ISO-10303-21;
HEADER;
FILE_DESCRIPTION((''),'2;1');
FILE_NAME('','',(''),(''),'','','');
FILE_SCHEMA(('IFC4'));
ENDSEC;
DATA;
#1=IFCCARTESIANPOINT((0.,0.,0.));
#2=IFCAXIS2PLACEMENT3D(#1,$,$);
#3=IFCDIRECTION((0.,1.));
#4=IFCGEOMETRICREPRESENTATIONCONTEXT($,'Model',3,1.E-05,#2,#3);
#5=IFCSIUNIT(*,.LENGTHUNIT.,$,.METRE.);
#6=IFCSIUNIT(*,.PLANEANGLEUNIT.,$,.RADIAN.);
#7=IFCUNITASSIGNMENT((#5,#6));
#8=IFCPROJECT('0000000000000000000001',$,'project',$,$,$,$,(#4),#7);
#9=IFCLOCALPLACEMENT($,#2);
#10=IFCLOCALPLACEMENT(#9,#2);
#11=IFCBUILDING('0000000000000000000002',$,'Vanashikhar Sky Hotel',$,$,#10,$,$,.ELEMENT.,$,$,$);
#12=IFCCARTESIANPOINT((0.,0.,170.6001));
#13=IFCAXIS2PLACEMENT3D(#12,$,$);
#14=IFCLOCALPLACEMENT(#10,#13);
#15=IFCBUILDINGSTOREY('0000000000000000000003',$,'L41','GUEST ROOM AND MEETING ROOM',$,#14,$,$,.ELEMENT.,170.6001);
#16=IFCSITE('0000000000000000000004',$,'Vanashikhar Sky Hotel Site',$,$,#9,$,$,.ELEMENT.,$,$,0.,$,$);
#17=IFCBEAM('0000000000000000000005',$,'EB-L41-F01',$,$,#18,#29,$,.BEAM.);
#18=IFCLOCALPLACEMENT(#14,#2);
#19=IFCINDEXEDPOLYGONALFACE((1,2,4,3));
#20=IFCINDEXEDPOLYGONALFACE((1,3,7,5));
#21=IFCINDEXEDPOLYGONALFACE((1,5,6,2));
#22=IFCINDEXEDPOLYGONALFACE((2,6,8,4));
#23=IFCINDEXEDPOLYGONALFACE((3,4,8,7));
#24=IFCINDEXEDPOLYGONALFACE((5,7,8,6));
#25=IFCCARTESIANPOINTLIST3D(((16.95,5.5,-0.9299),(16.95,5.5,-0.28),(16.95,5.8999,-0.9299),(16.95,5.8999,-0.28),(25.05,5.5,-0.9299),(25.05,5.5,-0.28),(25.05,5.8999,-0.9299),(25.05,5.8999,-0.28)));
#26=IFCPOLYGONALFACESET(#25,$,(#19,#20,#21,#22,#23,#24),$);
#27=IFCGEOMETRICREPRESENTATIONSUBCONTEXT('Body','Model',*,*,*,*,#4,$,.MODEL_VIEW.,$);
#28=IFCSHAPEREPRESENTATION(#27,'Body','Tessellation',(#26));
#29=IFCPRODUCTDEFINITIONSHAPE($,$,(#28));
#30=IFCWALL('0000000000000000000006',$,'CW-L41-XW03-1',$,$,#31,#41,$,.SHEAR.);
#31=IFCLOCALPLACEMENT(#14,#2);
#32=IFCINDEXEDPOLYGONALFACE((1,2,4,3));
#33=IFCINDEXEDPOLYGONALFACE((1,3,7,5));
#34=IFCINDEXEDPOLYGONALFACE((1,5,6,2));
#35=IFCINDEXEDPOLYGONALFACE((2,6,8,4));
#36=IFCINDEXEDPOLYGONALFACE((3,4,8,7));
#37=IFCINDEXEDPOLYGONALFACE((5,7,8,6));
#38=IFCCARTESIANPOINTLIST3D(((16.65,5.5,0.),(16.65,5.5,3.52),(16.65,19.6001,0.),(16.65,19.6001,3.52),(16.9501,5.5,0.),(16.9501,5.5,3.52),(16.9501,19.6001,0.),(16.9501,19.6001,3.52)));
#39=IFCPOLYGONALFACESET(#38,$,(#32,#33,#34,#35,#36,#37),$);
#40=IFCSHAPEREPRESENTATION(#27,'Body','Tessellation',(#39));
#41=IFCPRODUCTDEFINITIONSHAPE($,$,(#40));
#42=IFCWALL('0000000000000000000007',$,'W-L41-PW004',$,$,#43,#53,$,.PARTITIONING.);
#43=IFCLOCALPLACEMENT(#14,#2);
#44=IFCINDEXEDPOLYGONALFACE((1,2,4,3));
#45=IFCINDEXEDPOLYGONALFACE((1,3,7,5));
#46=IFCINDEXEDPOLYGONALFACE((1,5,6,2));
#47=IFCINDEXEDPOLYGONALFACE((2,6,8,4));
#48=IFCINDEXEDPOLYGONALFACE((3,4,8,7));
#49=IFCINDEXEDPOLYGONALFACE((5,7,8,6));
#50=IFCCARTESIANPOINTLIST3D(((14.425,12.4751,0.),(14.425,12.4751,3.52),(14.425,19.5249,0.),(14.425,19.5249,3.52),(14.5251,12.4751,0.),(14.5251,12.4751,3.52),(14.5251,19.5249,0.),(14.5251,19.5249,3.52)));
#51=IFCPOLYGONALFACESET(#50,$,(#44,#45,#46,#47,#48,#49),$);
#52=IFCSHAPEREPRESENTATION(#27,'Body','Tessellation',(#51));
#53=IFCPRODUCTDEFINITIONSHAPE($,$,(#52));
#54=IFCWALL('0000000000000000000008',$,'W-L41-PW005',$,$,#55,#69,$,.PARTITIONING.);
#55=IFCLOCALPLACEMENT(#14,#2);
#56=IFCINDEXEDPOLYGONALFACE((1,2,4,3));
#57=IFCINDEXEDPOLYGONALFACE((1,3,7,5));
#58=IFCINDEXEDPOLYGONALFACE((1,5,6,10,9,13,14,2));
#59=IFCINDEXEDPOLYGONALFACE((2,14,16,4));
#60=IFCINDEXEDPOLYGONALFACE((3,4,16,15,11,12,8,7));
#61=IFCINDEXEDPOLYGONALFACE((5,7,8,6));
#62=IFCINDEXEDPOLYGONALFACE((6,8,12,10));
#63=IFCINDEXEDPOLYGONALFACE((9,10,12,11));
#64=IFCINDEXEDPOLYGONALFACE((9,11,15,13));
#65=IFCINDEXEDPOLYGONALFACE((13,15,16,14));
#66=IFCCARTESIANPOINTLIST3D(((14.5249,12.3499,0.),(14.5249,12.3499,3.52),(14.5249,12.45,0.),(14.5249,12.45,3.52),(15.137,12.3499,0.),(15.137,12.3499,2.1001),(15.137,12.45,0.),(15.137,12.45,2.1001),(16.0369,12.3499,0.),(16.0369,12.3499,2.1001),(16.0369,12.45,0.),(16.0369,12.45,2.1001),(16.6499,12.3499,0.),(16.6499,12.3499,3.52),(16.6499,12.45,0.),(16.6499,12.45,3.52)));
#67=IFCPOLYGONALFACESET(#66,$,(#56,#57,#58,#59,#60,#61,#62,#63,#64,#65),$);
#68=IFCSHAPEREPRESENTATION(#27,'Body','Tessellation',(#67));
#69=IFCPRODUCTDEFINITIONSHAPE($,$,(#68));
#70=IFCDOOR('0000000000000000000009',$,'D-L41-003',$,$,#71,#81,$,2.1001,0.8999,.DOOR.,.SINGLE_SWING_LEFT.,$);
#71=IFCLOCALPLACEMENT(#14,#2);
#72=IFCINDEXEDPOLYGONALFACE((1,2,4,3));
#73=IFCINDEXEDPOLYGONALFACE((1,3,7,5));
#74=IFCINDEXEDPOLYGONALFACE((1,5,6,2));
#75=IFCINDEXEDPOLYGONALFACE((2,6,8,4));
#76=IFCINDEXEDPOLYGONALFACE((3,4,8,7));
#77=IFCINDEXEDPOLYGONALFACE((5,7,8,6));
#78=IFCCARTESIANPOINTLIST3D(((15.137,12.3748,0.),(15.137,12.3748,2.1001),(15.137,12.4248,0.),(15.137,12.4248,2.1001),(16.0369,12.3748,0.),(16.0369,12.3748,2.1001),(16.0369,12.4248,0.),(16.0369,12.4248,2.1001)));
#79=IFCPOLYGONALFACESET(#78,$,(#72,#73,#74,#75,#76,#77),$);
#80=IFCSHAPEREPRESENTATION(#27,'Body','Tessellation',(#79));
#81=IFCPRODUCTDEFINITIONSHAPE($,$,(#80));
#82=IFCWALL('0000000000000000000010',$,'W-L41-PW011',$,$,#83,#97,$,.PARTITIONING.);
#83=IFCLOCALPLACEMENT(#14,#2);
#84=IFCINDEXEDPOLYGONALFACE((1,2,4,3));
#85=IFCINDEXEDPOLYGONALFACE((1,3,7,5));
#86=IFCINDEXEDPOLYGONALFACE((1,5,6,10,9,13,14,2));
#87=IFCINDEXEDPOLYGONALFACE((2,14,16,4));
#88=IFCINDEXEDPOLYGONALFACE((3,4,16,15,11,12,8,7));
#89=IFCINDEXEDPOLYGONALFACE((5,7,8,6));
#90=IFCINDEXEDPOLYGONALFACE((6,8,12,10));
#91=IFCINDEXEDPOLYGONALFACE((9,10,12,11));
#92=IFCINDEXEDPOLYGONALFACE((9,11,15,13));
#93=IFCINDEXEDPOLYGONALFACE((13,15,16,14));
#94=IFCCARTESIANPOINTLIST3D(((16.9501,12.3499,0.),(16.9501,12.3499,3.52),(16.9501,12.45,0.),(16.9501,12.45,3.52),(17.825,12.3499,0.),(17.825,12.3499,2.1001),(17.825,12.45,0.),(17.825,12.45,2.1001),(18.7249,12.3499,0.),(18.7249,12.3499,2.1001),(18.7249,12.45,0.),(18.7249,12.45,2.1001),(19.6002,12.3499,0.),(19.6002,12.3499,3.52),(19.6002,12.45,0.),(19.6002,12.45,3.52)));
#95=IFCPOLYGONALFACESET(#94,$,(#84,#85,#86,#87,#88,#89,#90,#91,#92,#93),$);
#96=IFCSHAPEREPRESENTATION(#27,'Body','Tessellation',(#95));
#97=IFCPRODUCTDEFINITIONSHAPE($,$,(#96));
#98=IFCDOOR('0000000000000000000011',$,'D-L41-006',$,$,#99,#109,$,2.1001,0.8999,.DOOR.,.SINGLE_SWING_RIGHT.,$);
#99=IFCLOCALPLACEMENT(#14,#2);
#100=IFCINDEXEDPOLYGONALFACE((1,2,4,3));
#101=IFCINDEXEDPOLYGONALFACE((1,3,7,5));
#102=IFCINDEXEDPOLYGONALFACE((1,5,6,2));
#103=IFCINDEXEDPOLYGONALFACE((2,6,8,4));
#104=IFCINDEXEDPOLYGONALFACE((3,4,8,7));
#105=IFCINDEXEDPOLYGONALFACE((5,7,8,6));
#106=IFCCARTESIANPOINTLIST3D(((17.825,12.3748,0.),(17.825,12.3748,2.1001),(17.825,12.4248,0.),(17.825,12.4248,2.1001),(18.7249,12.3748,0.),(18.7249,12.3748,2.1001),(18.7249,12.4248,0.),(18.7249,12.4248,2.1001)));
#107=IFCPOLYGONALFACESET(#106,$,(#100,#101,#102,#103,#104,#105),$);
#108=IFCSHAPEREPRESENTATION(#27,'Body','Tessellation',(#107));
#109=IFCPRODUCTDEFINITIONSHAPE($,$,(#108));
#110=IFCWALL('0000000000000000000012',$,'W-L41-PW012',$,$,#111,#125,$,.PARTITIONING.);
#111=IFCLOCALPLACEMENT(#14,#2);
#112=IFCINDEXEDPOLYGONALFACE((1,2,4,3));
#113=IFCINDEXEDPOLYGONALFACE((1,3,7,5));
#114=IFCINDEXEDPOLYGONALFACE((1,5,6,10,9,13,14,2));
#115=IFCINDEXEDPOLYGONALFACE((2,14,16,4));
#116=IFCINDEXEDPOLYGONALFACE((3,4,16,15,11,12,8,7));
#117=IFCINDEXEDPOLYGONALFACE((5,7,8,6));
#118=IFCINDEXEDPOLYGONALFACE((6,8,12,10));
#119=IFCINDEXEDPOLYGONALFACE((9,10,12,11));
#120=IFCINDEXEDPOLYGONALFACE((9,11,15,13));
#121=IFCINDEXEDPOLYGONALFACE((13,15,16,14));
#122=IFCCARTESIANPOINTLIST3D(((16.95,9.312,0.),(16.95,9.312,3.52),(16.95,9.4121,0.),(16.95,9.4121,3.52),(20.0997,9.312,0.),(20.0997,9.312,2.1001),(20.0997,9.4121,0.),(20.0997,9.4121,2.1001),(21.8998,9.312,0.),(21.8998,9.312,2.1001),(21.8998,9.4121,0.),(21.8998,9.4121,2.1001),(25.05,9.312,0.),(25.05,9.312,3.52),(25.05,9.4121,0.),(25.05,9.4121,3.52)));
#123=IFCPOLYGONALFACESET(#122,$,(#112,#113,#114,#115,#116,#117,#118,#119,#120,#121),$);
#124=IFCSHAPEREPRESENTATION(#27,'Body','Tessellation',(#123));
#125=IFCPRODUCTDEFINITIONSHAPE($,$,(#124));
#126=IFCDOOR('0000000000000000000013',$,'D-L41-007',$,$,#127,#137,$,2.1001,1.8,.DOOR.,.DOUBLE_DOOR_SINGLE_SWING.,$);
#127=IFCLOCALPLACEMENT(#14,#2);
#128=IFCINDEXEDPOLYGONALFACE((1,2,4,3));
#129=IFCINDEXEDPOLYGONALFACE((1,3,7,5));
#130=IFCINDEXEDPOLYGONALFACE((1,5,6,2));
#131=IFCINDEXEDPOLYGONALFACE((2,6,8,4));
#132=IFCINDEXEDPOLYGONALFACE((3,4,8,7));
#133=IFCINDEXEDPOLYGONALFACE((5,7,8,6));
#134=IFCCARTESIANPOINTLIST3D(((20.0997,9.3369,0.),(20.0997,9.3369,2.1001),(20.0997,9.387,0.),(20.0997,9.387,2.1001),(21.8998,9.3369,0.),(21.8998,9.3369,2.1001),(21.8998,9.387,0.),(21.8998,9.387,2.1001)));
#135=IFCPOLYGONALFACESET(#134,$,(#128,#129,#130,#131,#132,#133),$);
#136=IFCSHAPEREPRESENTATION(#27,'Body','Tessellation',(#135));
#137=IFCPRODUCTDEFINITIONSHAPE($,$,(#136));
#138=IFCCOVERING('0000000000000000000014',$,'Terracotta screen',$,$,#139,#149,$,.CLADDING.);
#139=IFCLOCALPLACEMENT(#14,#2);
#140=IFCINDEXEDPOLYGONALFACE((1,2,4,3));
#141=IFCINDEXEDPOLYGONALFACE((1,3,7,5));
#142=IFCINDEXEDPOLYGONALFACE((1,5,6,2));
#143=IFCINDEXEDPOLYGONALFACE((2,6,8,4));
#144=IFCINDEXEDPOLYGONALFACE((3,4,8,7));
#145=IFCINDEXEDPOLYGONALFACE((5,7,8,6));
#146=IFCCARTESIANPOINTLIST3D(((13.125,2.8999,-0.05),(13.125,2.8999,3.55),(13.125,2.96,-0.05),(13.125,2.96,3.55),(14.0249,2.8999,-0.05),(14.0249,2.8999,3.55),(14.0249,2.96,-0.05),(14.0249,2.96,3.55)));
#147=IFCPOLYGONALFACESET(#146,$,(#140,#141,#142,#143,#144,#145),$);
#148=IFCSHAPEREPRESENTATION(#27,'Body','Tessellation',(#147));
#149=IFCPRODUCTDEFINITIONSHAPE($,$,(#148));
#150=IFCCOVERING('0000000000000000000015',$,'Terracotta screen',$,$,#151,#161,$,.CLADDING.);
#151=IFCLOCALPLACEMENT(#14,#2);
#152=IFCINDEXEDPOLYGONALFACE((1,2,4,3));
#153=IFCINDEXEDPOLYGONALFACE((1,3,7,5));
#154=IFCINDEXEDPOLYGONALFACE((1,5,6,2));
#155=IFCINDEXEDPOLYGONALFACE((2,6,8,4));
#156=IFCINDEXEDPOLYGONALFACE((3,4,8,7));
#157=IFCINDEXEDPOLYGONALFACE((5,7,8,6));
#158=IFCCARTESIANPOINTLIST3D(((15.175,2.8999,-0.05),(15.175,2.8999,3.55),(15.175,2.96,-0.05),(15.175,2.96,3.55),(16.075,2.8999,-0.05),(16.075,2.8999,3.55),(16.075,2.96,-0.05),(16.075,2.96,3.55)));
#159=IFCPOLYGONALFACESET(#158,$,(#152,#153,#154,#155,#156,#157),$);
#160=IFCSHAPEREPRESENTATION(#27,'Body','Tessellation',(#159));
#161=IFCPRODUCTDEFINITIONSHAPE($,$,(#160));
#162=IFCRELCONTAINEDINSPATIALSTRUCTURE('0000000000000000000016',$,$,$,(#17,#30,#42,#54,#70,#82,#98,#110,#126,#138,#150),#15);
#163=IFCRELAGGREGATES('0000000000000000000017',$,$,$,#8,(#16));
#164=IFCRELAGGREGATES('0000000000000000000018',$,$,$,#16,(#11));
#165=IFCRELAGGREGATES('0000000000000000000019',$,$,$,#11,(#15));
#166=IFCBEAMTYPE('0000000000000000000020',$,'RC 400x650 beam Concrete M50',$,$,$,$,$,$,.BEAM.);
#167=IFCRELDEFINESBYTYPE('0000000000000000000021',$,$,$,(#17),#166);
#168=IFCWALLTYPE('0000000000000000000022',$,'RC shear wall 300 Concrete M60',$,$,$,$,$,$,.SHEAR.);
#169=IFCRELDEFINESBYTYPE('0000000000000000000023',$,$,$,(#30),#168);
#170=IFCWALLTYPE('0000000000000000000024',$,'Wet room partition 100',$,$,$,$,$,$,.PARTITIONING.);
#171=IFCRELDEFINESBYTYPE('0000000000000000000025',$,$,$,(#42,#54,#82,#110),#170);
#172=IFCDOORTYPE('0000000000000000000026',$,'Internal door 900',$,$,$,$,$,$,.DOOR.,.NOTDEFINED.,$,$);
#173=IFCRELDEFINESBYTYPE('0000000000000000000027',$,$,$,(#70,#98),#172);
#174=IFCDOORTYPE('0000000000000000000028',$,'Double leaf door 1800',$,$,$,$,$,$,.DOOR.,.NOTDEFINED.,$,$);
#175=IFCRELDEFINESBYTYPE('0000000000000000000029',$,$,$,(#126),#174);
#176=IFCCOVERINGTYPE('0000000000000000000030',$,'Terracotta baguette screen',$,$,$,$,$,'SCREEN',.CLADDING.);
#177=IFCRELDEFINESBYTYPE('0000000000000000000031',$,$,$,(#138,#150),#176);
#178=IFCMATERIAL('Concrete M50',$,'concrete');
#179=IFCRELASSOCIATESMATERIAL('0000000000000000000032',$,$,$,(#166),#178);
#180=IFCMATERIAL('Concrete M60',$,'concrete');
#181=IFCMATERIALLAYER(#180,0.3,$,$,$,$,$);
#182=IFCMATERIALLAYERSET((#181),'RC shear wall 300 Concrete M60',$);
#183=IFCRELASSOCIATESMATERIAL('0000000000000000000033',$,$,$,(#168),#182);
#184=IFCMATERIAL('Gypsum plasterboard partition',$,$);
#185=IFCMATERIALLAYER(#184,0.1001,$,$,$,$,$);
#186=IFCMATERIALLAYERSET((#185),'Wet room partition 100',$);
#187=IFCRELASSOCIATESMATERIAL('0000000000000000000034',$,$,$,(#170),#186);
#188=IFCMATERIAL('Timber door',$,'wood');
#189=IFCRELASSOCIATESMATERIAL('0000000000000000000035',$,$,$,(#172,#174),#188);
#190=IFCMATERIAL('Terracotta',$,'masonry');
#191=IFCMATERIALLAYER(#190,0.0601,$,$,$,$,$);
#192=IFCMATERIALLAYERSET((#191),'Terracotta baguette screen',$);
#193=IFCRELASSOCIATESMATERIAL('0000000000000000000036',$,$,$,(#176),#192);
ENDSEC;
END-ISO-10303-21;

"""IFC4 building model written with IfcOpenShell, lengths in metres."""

from ifc_helpers import new_model, si_unit, direction, frame, frame_2d, origin, origin_2d, place, context, subcontext, project, spatial, rectangle, extrude, source, transform, mapped, material, layer, layer_set, material_profile, profile_set, type_object, element, fill, save


model = new_model("IFC4")

# Units and contexts
model_context = context("Model", 3, precision=1e-05, world=origin(), true_north=direction((0.0, 1.0)))
body_context = subcontext(model_context, "Body", "Model", "MODEL_VIEW")
ifc_project = project(units=[si_unit("LENGTHUNIT", "METRE"), si_unit("PLANEANGLEUNIT", "RADIAN")], contexts=[model_context])

# Site, building, storey
site_placement = place(None, origin())
site = spatial("IfcSite", under=ifc_project, at=site_placement, Name="Vanashikhar Sky Hotel Site", CompositionType="ELEMENT", RefElevation=0.0)
building_placement = place(site_placement, origin())
building = spatial("IfcBuilding", under=site, at=building_placement, Name="Vanashikhar Sky Hotel", CompositionType="ELEMENT")
storey_placement = place(building_placement, frame((0.0, 0.0, 170.6001)))
storey = spatial("IfcBuildingStorey", under=building, at=storey_placement, Name="L41", Description="GUEST ROOM AND MEETING ROOM", CompositionType="ELEMENT", Elevation=170.6001)

# Beam
ifc_material_1 = material(Name="Concrete M50", Category="concrete")
ifc_material_profile = material_profile(ifc_material_1, rectangle(XDim=0.3999, YDim=0.6499, at=origin_2d()))
ifc_profile_set = profile_set([ifc_material_profile], Name="RC 400x650 beam Concrete M50")
beam_type = type_object("IfcBeamType", Name="RC 400x650 beam Concrete M50", PredefinedType="BEAM", material=ifc_profile_set)
shared_shape_1 = source(origin(), body_context, "Body", "SweptSolid", [
    extrude(rectangle(XDim=0.3999, YDim=0.6499, at=origin_2d()), origin(), (0.0, 0.0, 1.0), 8.1001),
])
beam_placement = place(storey_placement, frame((16.95, 5.7, -0.605), z_axis=(1.0, 0.0, 0.0), x_axis=(0.0, 1.0, 0.0)))
element("IfcBeam", 1, at=beam_placement, inside=storey, type_object=beam_type, Name="EB-L41-F01", PredefinedType="BEAM", context=body_context, shape_type="MappedRepresentation", body=[
    mapped(shared_shape_1, transform((0.0, 0.0, 0.0), scale=1.0)),
])

# Wall
ifc_material_2 = material(Name="Concrete M60", Category="concrete")
ifc_layer_1 = layer(ifc_material_2, 0.3)
ifc_layer_set_1 = layer_set([ifc_layer_1], Name="RC shear wall 300 Concrete M60")
wall_type_1 = type_object("IfcWallType", Name="RC shear wall 300 Concrete M60", PredefinedType="SHEAR", material=ifc_layer_set_1)
shared_shape_2 = source(origin(), body_context, "Body", "SweptSolid", [
    extrude(rectangle(XDim=14.1001, YDim=0.3, at=frame_2d((7.05, 0.0))), origin(), (0.0, 0.0, 1.0), 3.52),
])
wall_1_placement = place(storey_placement, frame((16.8, 5.5, 0.0), z_axis=(0.0, 0.0, 1.0), x_axis=(0.0, 1.0, 0.0)))
element("IfcWall", 2, at=wall_1_placement, inside=storey, type_object=wall_type_1, Name="CW-L41-XW03-1", PredefinedType="SHEAR", context=body_context, shape_type="MappedRepresentation", body=[
    mapped(shared_shape_2, transform((0.0, 0.0, 0.0), scale=1.0)),
])

# Wall
ifc_material_3 = material(Name="Gypsum plasterboard partition")
ifc_layer_2 = layer(ifc_material_3, 0.1001)
ifc_layer_set_2 = layer_set([ifc_layer_2], Name="Wet room partition 100")
wall_type_2 = type_object("IfcWallType", Name="Wet room partition 100", PredefinedType="PARTITIONING", material=ifc_layer_set_2)
shared_shape_3 = source(origin(), body_context, "Body", "SweptSolid", [
    extrude(rectangle(XDim=7.0498, YDim=0.1001, at=frame_2d((3.5249, 0.0))), origin(), (0.0, 0.0, 1.0), 3.52),
])
wall_2_placement = place(storey_placement, frame((14.4751, 12.4751, 0.0), z_axis=(0.0, 0.0, 1.0), x_axis=(0.0, 1.0, 0.0)))
element("IfcWall", 3, at=wall_2_placement, inside=storey, type_object=wall_type_2, Name="W-L41-PW004", PredefinedType="PARTITIONING", context=body_context, shape_type="MappedRepresentation", body=[
    mapped(shared_shape_3, transform((0.0, 0.0, 0.0), scale=1.0)),
])

# Walls, openings, doors
shared_shape_4 = source(origin(), body_context, "Body", "SweptSolid", [
    extrude(rectangle(XDim=2.125, YDim=0.1001, at=frame_2d((1.0625, 0.0))), origin(), (0.0, 0.0, 1.0), 3.52),
])
wall_3_placement = place(storey_placement, frame((14.5249, 12.3999, 0.0), z_axis=(0.0, 0.0, 1.0), x_axis=(1.0, 0.0, 0.0)))
wall_3 = element("IfcWall", 4, at=wall_3_placement, inside=storey, type_object=wall_type_2, Name="W-L41-PW005", PredefinedType="PARTITIONING", context=body_context, shape_type="MappedRepresentation", body=[
    mapped(shared_shape_4, transform((0.0, 0.0, 0.0), scale=1.0)),
])
shared_shape_5 = source(origin(), body_context, "Body", "SweptSolid", [
    extrude(rectangle(XDim=0.8999, YDim=2.1001, at=frame_2d((0.45, 1.05))), frame((0.0, 0.0601, 0.0), z_axis=(0.0, -1.0, 0.0), x_axis=(1.0, 0.0, 0.0)), (0.0, 0.0, 1.0), 0.1201),
])
opening_1_placement = place(wall_3_placement, frame((0.6121, 0.0, 0.0)))
opening_1 = element("IfcOpeningElement", 5, at=opening_1_placement, cuts=wall_3, PredefinedType="OPENING", context=body_context, shape_type="MappedRepresentation", body=[
    mapped(shared_shape_5, transform((0.0, 0.0, 0.0), scale=1.0)),
])
ifc_material_4 = material(Name="Timber door", Category="wood")
door_type_1 = type_object("IfcDoorType", Name="Internal door 900", OperationType="NOTDEFINED", PredefinedType="DOOR", material=ifc_material_4)
shared_shape_6 = source(origin(), body_context, "Body", "SweptSolid", [
    extrude(rectangle(XDim=0.8999, YDim=2.1001, at=frame_2d((0.45, 1.05))), frame((0.0, 0.0249, 0.0), z_axis=(0.0, -1.0, 0.0), x_axis=(1.0, 0.0, 0.0)), (0.0, 0.0, 1.0), 0.05),
])
door_1_placement = place(opening_1_placement, origin())
door_1 = element("IfcDoor", 6, at=door_1_placement, inside=storey, type_object=door_type_1, Name="D-L41-003", OperationType="SINGLE_SWING_LEFT", OverallHeight=2.1001, OverallWidth=0.8999, PredefinedType="DOOR", context=body_context, shape_type="MappedRepresentation", body=[
    mapped(shared_shape_6, transform((0.0, 0.0, 0.0), scale=1.0)),
])
fill(opening_1, door_1)
shared_shape_7 = source(origin(), body_context, "Body", "SweptSolid", [
    extrude(rectangle(XDim=2.6501, YDim=0.1001, at=frame_2d((1.3252, 0.0))), origin(), (0.0, 0.0, 1.0), 3.52),
])
wall_4_placement = place(storey_placement, frame((16.95, 12.3999, 0.0), z_axis=(0.0, 0.0, 1.0), x_axis=(1.0, 0.0, 0.0)))
wall_4 = element("IfcWall", 7, at=wall_4_placement, inside=storey, type_object=wall_type_2, Name="W-L41-PW011", PredefinedType="PARTITIONING", context=body_context, shape_type="MappedRepresentation", body=[
    mapped(shared_shape_7, transform((0.0, 0.0, 0.0), scale=1.0)),
])
opening_2_placement = place(wall_4_placement, frame((0.875, 0.0, 0.0)))
opening_2 = element("IfcOpeningElement", 8, at=opening_2_placement, cuts=wall_4, PredefinedType="OPENING", context=body_context, shape_type="MappedRepresentation", body=[
    mapped(shared_shape_5, transform((0.0, 0.0, 0.0), scale=1.0)),
])
door_2_placement = place(opening_2_placement, origin())
door_2 = element("IfcDoor", 9, at=door_2_placement, inside=storey, type_object=door_type_1, Name="D-L41-006", OperationType="SINGLE_SWING_RIGHT", OverallHeight=2.1001, OverallWidth=0.8999, PredefinedType="DOOR", context=body_context, shape_type="MappedRepresentation", body=[
    mapped(shared_shape_6, transform((0.0, 0.0, 0.0), scale=1.0)),
])
fill(opening_2, door_2)
shared_shape_8 = source(origin(), body_context, "Body", "SweptSolid", [
    extrude(rectangle(XDim=8.1001, YDim=0.1001, at=frame_2d((4.05, 0.0))), origin(), (0.0, 0.0, 1.0), 3.52),
])
wall_5_placement = place(storey_placement, frame((16.95, 9.3621, 0.0), z_axis=(0.0, 0.0, 1.0), x_axis=(1.0, 0.0, 0.0)))
wall_5 = element("IfcWall", 10, at=wall_5_placement, inside=storey, type_object=wall_type_2, Name="W-L41-PW012", PredefinedType="PARTITIONING", context=body_context, shape_type="MappedRepresentation", body=[
    mapped(shared_shape_8, transform((0.0, 0.0, 0.0), scale=1.0)),
])
shared_shape_9 = source(origin(), body_context, "Body", "SweptSolid", [
    extrude(rectangle(XDim=1.8, YDim=2.1001, at=frame_2d((0.8999, 1.05))), frame((0.0, 0.0601, 0.0), z_axis=(0.0, -1.0, 0.0), x_axis=(1.0, 0.0, 0.0)), (0.0, 0.0, 1.0), 0.1201),
])
opening_3_placement = place(wall_5_placement, frame((3.1499, 0.0, 0.0)))
opening_3 = element("IfcOpeningElement", 11, at=opening_3_placement, cuts=wall_5, PredefinedType="OPENING", context=body_context, shape_type="MappedRepresentation", body=[
    mapped(shared_shape_9, transform((0.0, 0.0, 0.0), scale=1.0)),
])
door_type_2 = type_object("IfcDoorType", Name="Double leaf door 1800", OperationType="NOTDEFINED", PredefinedType="DOOR", material=ifc_material_4)
shared_shape_10 = source(origin(), body_context, "Body", "SweptSolid", [
    extrude(rectangle(XDim=1.8, YDim=2.1001, at=frame_2d((0.8999, 1.05))), frame((0.0, 0.0249, 0.0), z_axis=(0.0, -1.0, 0.0), x_axis=(1.0, 0.0, 0.0)), (0.0, 0.0, 1.0), 0.05),
])
door_3_placement = place(opening_3_placement, origin())
door_3 = element("IfcDoor", 12, at=door_3_placement, inside=storey, type_object=door_type_2, Name="D-L41-007", OperationType="DOUBLE_DOOR_SINGLE_SWING", OverallHeight=2.1001, OverallWidth=1.8, PredefinedType="DOOR", context=body_context, shape_type="MappedRepresentation", body=[
    mapped(shared_shape_10, transform((0.0, 0.0, 0.0), scale=1.0)),
])
fill(opening_3, door_3)

# Coverings
ifc_material_5 = material(Name="Terracotta", Category="masonry")
ifc_layer_3 = layer(ifc_material_5, 0.0601)
ifc_layer_set_3 = layer_set([ifc_layer_3], Name="Terracotta baguette screen")
covering_type = type_object("IfcCoveringType", Name="Terracotta baguette screen", ElementType="SCREEN", PredefinedType="CLADDING", material=ifc_layer_set_3)
shared_shape_11 = source(origin(), body_context, "Body", "SweptSolid", [
    extrude(rectangle(XDim=0.8999, YDim=0.0601, at=origin_2d()), origin(), (0.0, 0.0, 1.0), 3.6001),
])
for number, where, z_axis, x_axis, name in (
    (13, (13.575, 2.9299, -0.05), (0.0, 0.0, 1.0), (1.0, 0.0, 0.0), "Terracotta screen"),
    (14, (15.625, 2.9299, -0.05), (0.0, 0.0, 1.0), (1.0, 0.0, 0.0), "Terracotta screen"),
):
    element("IfcCovering", number, at=place(storey_placement, frame(where, z_axis=z_axis, x_axis=x_axis)), inside=storey, type_object=covering_type, Name=name, PredefinedType="CLADDING", context=body_context, shape_type="MappedRepresentation", body=[
        mapped(shared_shape_11, transform((0.0, 0.0, 0.0), scale=1.0)),
    ])

save(model, "model.ifc")
